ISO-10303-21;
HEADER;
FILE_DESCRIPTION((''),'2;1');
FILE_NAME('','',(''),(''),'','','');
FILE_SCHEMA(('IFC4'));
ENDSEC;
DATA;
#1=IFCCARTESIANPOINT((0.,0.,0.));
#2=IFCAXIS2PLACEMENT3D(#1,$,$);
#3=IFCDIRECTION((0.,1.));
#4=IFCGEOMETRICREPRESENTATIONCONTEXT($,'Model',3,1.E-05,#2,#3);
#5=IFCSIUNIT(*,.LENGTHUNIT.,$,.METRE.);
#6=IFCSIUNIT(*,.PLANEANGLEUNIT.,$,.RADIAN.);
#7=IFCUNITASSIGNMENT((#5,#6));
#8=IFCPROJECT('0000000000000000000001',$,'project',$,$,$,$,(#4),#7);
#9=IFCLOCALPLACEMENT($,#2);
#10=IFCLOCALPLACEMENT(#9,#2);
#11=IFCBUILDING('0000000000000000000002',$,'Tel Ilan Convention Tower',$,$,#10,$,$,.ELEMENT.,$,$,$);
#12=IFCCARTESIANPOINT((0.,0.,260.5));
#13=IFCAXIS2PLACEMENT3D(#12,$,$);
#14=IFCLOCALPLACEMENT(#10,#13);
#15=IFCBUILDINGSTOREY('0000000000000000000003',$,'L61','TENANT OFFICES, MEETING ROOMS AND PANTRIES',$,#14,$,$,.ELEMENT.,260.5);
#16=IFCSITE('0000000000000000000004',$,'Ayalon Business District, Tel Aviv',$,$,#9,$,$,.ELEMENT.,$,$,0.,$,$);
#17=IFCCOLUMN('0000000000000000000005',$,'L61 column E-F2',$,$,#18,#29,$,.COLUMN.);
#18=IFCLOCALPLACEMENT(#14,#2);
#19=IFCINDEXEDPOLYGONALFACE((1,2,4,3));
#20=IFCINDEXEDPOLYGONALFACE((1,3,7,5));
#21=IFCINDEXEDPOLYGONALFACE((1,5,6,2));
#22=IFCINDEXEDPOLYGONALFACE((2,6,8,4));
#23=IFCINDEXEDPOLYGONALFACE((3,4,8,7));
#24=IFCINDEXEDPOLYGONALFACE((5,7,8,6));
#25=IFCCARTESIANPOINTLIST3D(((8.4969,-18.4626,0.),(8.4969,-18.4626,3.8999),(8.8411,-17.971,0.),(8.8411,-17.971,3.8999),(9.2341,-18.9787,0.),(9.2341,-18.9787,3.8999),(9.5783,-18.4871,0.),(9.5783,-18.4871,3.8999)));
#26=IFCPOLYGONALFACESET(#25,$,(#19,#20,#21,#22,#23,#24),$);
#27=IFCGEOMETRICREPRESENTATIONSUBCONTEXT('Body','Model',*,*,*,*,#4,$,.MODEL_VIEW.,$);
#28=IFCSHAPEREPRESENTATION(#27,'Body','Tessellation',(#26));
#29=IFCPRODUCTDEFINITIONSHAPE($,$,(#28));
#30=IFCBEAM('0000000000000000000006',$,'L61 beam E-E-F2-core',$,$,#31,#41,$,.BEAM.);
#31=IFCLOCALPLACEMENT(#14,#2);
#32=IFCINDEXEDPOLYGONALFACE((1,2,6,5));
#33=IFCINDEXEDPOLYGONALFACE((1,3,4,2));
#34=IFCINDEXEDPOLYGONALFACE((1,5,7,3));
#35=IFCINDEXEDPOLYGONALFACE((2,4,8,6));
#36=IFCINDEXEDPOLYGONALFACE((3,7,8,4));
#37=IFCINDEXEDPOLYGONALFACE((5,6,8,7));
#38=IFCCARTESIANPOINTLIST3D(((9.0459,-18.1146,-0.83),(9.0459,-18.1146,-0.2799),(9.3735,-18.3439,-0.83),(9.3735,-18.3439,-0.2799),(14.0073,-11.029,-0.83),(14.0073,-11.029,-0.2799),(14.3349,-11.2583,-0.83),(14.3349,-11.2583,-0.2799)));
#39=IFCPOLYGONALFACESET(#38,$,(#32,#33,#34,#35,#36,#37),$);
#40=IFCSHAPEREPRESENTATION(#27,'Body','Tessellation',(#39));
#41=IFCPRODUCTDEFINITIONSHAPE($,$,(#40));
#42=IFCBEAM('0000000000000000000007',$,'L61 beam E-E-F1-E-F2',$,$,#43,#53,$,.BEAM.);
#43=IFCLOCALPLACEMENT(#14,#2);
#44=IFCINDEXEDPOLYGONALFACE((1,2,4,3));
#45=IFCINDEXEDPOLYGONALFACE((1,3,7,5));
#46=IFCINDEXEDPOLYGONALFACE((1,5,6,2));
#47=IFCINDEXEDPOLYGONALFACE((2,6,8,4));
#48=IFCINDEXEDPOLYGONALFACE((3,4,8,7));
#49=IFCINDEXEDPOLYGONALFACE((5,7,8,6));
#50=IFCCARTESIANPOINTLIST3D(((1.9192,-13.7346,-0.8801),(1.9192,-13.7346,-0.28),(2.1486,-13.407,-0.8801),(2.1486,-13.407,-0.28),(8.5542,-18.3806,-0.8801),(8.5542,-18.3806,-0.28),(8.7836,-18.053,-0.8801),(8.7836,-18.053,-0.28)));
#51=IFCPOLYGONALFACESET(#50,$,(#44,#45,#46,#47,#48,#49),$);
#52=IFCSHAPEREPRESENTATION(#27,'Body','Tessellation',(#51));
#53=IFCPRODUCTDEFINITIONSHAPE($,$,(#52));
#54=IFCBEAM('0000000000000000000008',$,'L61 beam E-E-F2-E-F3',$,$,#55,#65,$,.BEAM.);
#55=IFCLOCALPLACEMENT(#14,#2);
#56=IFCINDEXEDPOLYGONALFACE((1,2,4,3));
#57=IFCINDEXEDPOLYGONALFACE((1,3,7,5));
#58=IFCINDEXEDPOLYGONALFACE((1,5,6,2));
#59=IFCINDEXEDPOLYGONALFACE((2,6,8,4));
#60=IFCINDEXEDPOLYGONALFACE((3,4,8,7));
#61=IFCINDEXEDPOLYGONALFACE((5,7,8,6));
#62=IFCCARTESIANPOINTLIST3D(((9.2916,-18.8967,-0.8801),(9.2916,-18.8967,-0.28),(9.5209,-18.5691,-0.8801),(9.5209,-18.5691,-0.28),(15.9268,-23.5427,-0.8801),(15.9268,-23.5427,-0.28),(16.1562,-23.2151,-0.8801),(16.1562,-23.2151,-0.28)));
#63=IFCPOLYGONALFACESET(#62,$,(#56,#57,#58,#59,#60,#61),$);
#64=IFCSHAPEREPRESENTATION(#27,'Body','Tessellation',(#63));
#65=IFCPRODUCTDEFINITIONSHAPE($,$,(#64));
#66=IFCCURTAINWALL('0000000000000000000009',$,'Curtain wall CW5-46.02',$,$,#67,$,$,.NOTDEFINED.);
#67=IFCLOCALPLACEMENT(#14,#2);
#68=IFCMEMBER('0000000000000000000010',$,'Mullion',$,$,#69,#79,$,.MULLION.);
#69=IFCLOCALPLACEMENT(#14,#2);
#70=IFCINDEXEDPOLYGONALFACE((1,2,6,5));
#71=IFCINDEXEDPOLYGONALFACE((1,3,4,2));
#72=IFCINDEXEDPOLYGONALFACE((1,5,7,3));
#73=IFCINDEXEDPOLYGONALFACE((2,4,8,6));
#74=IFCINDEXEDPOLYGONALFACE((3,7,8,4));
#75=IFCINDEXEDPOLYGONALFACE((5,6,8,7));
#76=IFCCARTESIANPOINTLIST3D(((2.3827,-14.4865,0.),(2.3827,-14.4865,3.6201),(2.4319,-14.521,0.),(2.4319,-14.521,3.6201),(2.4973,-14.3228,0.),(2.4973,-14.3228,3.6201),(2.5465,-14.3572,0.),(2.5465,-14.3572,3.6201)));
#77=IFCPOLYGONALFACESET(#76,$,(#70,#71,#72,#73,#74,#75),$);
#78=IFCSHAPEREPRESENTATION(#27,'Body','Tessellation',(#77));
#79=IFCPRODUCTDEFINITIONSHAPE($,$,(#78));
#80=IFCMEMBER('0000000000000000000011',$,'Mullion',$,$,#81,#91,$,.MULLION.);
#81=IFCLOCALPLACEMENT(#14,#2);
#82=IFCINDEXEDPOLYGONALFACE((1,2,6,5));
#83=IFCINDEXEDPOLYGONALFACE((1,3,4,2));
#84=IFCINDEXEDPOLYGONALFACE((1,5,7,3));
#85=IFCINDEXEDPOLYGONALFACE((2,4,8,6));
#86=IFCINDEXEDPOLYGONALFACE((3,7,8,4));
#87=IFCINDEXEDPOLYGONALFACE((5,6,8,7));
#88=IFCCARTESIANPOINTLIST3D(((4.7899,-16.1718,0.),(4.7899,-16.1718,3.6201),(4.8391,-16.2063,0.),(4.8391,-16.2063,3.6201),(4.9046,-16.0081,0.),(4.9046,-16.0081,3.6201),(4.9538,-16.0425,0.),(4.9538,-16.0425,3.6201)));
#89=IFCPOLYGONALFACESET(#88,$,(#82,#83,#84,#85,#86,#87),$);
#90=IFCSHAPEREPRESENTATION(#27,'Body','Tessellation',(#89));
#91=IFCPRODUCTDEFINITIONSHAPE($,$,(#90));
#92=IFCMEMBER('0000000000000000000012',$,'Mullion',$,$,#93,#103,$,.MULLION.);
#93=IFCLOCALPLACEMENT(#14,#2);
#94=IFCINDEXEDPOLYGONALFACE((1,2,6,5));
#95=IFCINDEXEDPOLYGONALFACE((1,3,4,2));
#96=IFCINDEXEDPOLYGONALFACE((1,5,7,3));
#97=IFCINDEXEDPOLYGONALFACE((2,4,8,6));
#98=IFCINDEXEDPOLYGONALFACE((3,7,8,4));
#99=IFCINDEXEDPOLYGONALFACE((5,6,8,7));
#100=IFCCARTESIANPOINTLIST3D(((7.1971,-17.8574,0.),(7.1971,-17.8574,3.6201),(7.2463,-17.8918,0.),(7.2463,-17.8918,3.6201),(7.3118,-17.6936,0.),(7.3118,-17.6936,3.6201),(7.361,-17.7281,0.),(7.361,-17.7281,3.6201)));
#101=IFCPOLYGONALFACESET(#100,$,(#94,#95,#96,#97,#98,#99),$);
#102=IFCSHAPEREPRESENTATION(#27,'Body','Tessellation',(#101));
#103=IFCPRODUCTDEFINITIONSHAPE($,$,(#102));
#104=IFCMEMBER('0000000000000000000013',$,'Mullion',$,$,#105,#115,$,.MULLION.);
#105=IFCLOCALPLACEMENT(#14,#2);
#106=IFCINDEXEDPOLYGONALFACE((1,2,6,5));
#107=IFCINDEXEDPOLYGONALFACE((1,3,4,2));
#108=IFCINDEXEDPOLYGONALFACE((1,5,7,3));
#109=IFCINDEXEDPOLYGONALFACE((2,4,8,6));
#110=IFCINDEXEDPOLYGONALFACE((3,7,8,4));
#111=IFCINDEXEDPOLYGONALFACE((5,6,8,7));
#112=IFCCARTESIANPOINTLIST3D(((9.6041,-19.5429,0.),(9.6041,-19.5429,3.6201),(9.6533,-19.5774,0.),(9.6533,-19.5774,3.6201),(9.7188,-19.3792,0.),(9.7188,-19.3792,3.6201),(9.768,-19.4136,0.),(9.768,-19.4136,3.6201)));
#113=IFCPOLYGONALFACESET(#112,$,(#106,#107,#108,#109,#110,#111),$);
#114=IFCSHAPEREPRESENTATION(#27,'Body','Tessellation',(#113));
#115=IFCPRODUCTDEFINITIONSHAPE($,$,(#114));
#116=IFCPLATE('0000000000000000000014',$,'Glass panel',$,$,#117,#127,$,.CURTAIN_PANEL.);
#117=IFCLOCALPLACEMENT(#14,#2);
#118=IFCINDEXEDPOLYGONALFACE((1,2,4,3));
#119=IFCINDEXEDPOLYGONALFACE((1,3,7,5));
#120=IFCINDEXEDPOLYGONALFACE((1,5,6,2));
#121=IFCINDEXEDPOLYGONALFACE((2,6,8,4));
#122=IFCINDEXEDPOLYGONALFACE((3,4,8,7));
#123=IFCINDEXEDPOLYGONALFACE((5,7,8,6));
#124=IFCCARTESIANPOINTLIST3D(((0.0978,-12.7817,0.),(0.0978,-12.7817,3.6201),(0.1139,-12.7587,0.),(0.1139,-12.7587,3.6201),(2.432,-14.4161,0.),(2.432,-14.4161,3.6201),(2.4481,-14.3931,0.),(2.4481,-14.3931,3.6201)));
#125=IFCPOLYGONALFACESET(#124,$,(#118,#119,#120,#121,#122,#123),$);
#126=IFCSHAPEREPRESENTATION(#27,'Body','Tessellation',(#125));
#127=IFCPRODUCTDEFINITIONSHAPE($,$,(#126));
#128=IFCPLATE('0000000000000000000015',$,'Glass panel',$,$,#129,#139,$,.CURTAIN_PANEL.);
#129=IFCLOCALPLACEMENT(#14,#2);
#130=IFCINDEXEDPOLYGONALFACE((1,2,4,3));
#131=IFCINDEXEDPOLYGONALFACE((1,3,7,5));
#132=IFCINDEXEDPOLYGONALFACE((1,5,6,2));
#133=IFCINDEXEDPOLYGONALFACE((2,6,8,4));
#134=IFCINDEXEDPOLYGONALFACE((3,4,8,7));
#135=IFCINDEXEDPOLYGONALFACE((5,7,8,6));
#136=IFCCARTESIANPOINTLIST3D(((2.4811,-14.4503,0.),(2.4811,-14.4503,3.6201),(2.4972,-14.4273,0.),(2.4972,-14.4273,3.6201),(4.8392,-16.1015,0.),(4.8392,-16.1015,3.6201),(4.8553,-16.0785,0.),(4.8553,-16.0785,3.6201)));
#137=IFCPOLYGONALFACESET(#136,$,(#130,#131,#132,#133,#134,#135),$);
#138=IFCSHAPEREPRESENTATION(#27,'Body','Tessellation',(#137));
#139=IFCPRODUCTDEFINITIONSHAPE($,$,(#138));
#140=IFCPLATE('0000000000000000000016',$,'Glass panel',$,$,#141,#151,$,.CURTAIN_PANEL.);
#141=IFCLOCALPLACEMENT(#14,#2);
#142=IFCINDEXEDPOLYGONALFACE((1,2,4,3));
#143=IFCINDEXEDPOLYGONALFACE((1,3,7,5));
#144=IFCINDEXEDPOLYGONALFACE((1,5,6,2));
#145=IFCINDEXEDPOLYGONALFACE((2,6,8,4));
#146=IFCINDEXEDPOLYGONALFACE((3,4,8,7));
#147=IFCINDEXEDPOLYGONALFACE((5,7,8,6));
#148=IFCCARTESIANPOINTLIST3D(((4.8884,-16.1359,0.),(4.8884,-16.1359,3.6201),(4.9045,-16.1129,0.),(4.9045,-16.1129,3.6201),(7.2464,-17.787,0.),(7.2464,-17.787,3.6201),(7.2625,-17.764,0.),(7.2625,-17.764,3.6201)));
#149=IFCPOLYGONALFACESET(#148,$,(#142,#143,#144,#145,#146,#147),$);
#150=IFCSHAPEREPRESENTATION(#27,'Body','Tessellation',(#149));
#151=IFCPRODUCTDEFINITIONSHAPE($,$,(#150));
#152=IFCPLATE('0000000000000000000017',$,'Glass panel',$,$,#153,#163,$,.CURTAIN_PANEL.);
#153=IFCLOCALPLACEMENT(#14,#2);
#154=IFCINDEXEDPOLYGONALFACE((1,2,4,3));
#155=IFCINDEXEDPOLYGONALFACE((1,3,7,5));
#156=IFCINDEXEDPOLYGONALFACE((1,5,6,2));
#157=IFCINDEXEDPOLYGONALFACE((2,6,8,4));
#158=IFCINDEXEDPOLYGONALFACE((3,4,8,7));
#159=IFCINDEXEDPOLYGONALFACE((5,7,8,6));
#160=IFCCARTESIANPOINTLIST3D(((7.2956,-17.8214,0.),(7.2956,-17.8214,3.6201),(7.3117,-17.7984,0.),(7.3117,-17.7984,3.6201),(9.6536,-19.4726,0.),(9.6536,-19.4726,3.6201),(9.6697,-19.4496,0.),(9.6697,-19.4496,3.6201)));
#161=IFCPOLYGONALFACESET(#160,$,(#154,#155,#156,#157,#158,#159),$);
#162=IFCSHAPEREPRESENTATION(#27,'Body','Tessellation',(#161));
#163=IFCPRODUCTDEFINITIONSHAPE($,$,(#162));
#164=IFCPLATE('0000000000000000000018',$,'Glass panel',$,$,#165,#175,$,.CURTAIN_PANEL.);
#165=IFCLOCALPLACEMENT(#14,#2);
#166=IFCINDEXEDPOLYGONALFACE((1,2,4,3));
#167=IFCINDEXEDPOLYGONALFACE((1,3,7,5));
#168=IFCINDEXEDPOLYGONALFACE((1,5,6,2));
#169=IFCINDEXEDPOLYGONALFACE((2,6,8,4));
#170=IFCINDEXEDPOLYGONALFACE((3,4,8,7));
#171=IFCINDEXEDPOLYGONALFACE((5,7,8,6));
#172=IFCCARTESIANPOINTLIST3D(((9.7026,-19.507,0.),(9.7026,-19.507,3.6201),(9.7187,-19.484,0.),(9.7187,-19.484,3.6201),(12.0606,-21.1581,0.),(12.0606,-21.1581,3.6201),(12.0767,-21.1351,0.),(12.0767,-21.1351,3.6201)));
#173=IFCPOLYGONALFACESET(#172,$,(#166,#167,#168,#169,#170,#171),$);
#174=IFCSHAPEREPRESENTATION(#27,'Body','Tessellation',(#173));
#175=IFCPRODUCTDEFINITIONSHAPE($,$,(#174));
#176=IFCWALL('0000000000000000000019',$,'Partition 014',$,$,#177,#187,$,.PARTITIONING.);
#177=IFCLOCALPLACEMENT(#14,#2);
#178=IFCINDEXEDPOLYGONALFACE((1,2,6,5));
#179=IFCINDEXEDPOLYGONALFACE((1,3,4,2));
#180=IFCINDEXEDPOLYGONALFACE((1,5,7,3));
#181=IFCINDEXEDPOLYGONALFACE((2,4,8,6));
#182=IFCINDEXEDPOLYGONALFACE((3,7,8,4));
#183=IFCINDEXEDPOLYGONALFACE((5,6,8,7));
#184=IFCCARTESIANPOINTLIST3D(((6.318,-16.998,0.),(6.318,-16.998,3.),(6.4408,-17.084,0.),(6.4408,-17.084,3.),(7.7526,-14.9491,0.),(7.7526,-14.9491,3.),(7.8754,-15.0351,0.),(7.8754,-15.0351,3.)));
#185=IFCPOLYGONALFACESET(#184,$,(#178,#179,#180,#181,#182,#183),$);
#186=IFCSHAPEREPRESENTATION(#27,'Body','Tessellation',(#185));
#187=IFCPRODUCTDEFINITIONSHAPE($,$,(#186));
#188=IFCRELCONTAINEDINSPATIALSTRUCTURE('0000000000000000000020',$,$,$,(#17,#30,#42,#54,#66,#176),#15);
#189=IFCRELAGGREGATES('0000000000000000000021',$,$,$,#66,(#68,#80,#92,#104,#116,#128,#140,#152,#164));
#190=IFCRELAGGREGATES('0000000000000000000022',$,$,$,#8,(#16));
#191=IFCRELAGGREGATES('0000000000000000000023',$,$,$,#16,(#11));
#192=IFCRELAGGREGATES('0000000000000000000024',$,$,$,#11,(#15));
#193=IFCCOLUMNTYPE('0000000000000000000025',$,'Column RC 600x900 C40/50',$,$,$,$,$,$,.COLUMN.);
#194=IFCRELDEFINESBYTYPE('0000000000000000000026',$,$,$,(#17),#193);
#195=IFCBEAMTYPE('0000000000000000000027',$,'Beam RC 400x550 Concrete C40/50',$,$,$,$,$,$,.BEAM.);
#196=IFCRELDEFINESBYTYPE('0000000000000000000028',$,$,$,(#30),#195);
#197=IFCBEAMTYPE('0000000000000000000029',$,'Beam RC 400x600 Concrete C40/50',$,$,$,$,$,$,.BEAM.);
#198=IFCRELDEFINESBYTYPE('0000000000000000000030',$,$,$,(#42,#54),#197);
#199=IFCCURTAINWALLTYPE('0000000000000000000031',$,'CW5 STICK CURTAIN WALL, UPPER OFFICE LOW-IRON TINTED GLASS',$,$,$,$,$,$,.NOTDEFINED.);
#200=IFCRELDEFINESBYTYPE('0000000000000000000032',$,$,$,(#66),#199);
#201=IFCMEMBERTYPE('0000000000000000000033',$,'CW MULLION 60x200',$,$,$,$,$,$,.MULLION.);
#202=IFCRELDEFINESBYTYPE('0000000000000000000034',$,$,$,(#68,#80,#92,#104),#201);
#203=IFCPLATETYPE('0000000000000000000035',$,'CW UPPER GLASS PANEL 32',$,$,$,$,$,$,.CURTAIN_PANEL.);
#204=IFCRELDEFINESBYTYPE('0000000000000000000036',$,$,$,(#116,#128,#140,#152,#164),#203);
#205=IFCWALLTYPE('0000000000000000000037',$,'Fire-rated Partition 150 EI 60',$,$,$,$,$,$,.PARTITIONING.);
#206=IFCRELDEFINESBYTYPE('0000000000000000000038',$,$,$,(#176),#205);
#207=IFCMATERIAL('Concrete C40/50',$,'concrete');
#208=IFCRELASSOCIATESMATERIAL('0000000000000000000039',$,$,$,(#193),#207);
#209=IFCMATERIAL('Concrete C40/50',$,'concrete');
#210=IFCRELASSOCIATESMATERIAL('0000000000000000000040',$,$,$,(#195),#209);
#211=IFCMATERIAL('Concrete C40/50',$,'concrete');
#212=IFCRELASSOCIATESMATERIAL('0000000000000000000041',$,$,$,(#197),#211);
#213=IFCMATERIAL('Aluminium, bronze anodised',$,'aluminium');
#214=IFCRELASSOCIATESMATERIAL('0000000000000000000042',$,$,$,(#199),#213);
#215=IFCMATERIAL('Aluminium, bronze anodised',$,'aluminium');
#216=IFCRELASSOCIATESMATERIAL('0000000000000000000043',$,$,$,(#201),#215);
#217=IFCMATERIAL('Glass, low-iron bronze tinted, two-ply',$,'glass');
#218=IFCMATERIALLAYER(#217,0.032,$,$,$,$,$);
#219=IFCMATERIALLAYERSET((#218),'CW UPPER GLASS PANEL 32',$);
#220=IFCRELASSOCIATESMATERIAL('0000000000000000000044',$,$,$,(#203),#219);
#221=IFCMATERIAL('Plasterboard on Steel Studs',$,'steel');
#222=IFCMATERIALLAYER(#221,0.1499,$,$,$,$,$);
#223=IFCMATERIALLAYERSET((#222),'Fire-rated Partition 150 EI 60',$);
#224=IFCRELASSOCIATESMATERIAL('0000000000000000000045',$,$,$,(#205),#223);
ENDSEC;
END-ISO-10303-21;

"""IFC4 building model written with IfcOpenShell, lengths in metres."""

from ifc_helpers import new_model, si_unit, direction, frame, frame_2d, origin, origin_2d, place, context, subcontext, project, spatial, rectangle, extrude, material, layer, layer_set, material_profile, profile_set, type_object, element, aggregate, save


model = new_model("IFC4")

# Units and contexts
model_context = context("Model", 3, precision=1e-05, world=origin(), true_north=direction((0.0, 1.0)))
body_context = subcontext(model_context, "Body", "Model", "MODEL_VIEW")
ifc_project = project(units=[si_unit("LENGTHUNIT", "METRE"), si_unit("PLANEANGLEUNIT", "RADIAN")], contexts=[model_context])

# Site, building, storey
site_placement = place(None, origin())
site = spatial("IfcSite", under=ifc_project, at=site_placement, Name="Ayalon Business District, Tel Aviv", CompositionType="ELEMENT", RefElevation=0.0)
building_placement = place(site_placement, origin())
building = spatial("IfcBuilding", under=site, at=building_placement, Name="Tel Ilan Convention Tower", CompositionType="ELEMENT")
storey_placement = place(building_placement, frame((0.0, 0.0, 260.5)))
storey = spatial("IfcBuildingStorey", under=building, at=storey_placement, Name="L61", Description="TENANT OFFICES, MEETING ROOMS AND PANTRIES", CompositionType="ELEMENT", Elevation=260.5)

# Column
ifc_material_1 = material(Name="Concrete C40/50", Category="concrete")
ifc_material_profile_1 = material_profile(ifc_material_1, rectangle(XDim=0.8999, YDim=0.6001, at=origin_2d()), Name="RC 600x900")
ifc_profile_set_1 = profile_set([ifc_material_profile_1], Name="Concrete C40/50")
column_type = type_object("IfcColumnType", Name="Column RC 600x900 C40/50", PredefinedType="COLUMN", material=ifc_profile_set_1)
column_placement = place(storey_placement, frame((9.0376, -18.4749, 0.0), z_axis=(0.0, 0.0, 1.0), x_axis=(0.819152, -0.573576, 0.0)))
element("IfcColumn", 1, at=column_placement, inside=storey, type_object=column_type, Name="L61 column E-F2", PredefinedType="COLUMN", context=body_context, shape_type="SweptSolid", body=[
    extrude(rectangle(XDim=0.8999, YDim=0.6001, at=origin_2d()), origin(), (0.0, 0.0, 1.0), 3.8999),
])

# Beams
ifc_material_2 = material(Name="Concrete C40/50", Category="concrete")
ifc_material_profile_2 = material_profile(ifc_material_2, rectangle(XDim=0.3999, YDim=0.55, at=origin_2d()), Name="RC 400x550")
ifc_profile_set_2 = profile_set([ifc_material_profile_2], Name="Concrete C40/50")
beam_type_1 = type_object("IfcBeamType", Name="Beam RC 400x550 Concrete C40/50", PredefinedType="BEAM", material=ifc_profile_set_2)
beam_1_placement = place(storey_placement, frame((9.2097, -18.2292, -0.5549), z_axis=(0.573574, 0.819154, 0.0), x_axis=(-0.819154, 0.573574, 0.0)))
element("IfcBeam", 2, at=beam_1_placement, inside=storey, type_object=beam_type_1, Name="L61 beam E-E-F2-core", PredefinedType="BEAM", context=body_context, shape_type="SweptSolid", body=[
    extrude(rectangle(XDim=0.3999, YDim=0.55, at=origin_2d()), origin(), (0.0, 0.0, 1.0), 8.6499),
])
ifc_material_3 = material(Name="Concrete C40/50", Category="concrete")
ifc_material_profile_3 = material_profile(ifc_material_3, rectangle(XDim=0.3999, YDim=0.6001, at=origin_2d()), Name="RC 400x600")
ifc_profile_set_3 = profile_set([ifc_material_profile_3], Name="Concrete C40/50")
beam_type_2 = type_object("IfcBeamType", Name="Beam RC 400x600 Concrete C40/50", PredefinedType="BEAM", material=ifc_profile_set_3)
beam_2_placement = place(storey_placement, frame((2.0339, -13.5708, -0.5801), z_axis=(0.819146, -0.573586, 0.0), x_axis=(0.573586, 0.819146, 0.0)))
element("IfcBeam", 3, at=beam_2_placement, inside=storey, type_object=beam_type_2, Name="L61 beam E-E-F1-E-F2", PredefinedType="BEAM", context=body_context, shape_type="SweptSolid", body=[
    extrude(rectangle(XDim=0.3999, YDim=0.6001, at=origin_2d()), origin(), (0.0, 0.0, 1.0), 8.0999),
])
beam_3_placement = place(storey_placement, frame((9.4062, -18.7329, -0.5801), z_axis=(0.819155, -0.573572, 0.0), x_axis=(0.573572, 0.819155, 0.0)))
element("IfcBeam", 4, at=beam_3_placement, inside=storey, type_object=beam_type_2, Name="L61 beam E-E-F2-E-F3", PredefinedType="BEAM", context=body_context, shape_type="SweptSolid", body=[
    extrude(rectangle(XDim=0.3999, YDim=0.6001, at=origin_2d()), origin(), (0.0, 0.0, 1.0), 8.1001),
])

# Curtain wall, members, plates
ifc_material_4 = material(Name="Aluminium, bronze anodised", Category="aluminium")
curtain_wall_type = type_object("IfcCurtainWallType", Name="CW5 STICK CURTAIN WALL, UPPER OFFICE LOW-IRON TINTED GLASS", PredefinedType="NOTDEFINED", material=ifc_material_4)
curtain_wall_placement = place(storey_placement, origin())
curtain_wall = element("IfcCurtainWall", 5, at=curtain_wall_placement, inside=storey, type_object=curtain_wall_type, Name="Curtain wall CW5-46.02", PredefinedType="NOTDEFINED")
ifc_material_5 = material(Name="Aluminium, bronze anodised", Category="aluminium")
ifc_material_profile_4 = material_profile(ifc_material_5, rectangle(XDim=0.0601, YDim=0.2, at=origin_2d()), Name="CW MULLION 60x200")
ifc_profile_set_4 = profile_set([ifc_material_profile_4], Name="Aluminium, bronze anodised")
member_type = type_object("IfcMemberType", Name="CW MULLION 60x200", PredefinedType="MULLION", material=ifc_profile_set_4)
member_1_placement = place(storey_placement, frame((2.4646, -14.4219, 0.0), z_axis=(0.0, 0.0, 1.0), x_axis=(0.819152, -0.573576, 0.0)))
member_1 = element("IfcMember", 6, at=member_1_placement, type_object=member_type, Name="Mullion", PredefinedType="MULLION", context=body_context, shape_type="SweptSolid", body=[
    extrude(rectangle(XDim=0.0601, YDim=0.2, at=origin_2d()), origin(), (0.0, 0.0, 1.0), 3.6201),
])
member_2_placement = place(storey_placement, frame((4.8718, -16.1072, 0.0), z_axis=(0.0, 0.0, 1.0), x_axis=(0.819152, -0.573576, 0.0)))
member_2 = element("IfcMember", 7, at=member_2_placement, type_object=member_type, Name="Mullion", PredefinedType="MULLION", context=body_context, shape_type="SweptSolid", body=[
    extrude(rectangle(XDim=0.0601, YDim=0.2, at=origin_2d()), origin(), (0.0, 0.0, 1.0), 3.6201),
])
member_3_placement = place(storey_placement, frame((7.2791, -17.7927, 0.0), z_axis=(0.0, 0.0, 1.0), x_axis=(0.819152, -0.573576, 0.0)))
member_3 = element("IfcMember", 8, at=member_3_placement, type_object=member_type, Name="Mullion", PredefinedType="MULLION", context=body_context, shape_type="SweptSolid", body=[
    extrude(rectangle(XDim=0.0601, YDim=0.2, at=origin_2d()), origin(), (0.0, 0.0, 1.0), 3.6201),
])
member_4_placement = place(storey_placement, frame((9.686, -19.4783, 0.0), z_axis=(0.0, 0.0, 1.0), x_axis=(0.819152, -0.573576, 0.0)))
member_4 = element("IfcMember", 9, at=member_4_placement, type_object=member_type, Name="Mullion", PredefinedType="MULLION", context=body_context, shape_type="SweptSolid", body=[
    extrude(rectangle(XDim=0.0601, YDim=0.2, at=origin_2d()), origin(), (0.0, 0.0, 1.0), 3.6201),
])
ifc_material_6 = material(Name="Glass, low-iron bronze tinted, two-ply", Category="glass")
ifc_layer_1 = layer(ifc_material_6, 0.032)
ifc_layer_set_1 = layer_set([ifc_layer_1], Name="CW UPPER GLASS PANEL 32")
plate_type = type_object("IfcPlateType", Name="CW UPPER GLASS PANEL 32", PredefinedType="CURTAIN_PANEL", material=ifc_layer_set_1)
plate_1_placement = place(storey_placement, frame((1.2729, -13.5874, 0.0), z_axis=(0.0, 0.0, 1.0), x_axis=(0.819152, -0.573576, 0.0)))
plate_1 = element("IfcPlate", 10, at=plate_1_placement, type_object=plate_type, Name="Glass panel", PredefinedType="CURTAIN_PANEL", context=body_context, shape_type="SweptSolid", body=[
    extrude(rectangle(XDim=2.8496, YDim=0.0281, at=origin_2d()), origin(), (0.0, 0.0, 1.0), 3.6201),
])
plate_2_placement = place(storey_placement, frame((3.6682, -15.2644, 0.0), z_axis=(0.0, 0.0, 1.0), x_axis=(0.819152, -0.573576, 0.0)))
plate_2 = element("IfcPlate", 11, at=plate_2_placement, type_object=plate_type, Name="Glass panel", PredefinedType="CURTAIN_PANEL", context=body_context, shape_type="SweptSolid", body=[
    extrude(rectangle(XDim=2.8787, YDim=0.0281, at=origin_2d()), origin(), (0.0, 0.0, 1.0), 3.6201),
])
plate_3_placement = place(storey_placement, frame((6.0754, -16.95, 0.0), z_axis=(0.0, 0.0, 1.0), x_axis=(0.819152, -0.573576, 0.0)))
plate_3 = element("IfcPlate", 12, at=plate_3_placement, type_object=plate_type, Name="Glass panel", PredefinedType="CURTAIN_PANEL", context=body_context, shape_type="SweptSolid", body=[
    extrude(rectangle(XDim=2.8787, YDim=0.0281, at=origin_2d()), origin(), (0.0, 0.0, 1.0), 3.6201),
])
plate_4_placement = place(storey_placement, frame((8.4827, -18.6355, 0.0), z_axis=(0.0, 0.0, 1.0), x_axis=(0.819152, -0.573576, 0.0)))
plate_4 = element("IfcPlate", 13, at=plate_4_placement, type_object=plate_type, Name="Glass panel", PredefinedType="CURTAIN_PANEL", context=body_context, shape_type="SweptSolid", body=[
    extrude(rectangle(XDim=2.8787, YDim=0.0281, at=origin_2d()), origin(), (0.0, 0.0, 1.0), 3.6201),
])
plate_5_placement = place(storey_placement, frame((10.8896, -20.321, 0.0), z_axis=(0.0, 0.0, 1.0), x_axis=(0.819152, -0.573576, 0.0)))
plate_5 = element("IfcPlate", 14, at=plate_5_placement, type_object=plate_type, Name="Glass panel", PredefinedType="CURTAIN_PANEL", context=body_context, shape_type="SweptSolid", body=[
    extrude(rectangle(XDim=2.8787, YDim=0.0281, at=origin_2d()), origin(), (0.0, 0.0, 1.0), 3.6201),
])
aggregate(curtain_wall, [member_1, member_2, member_3, member_4, plate_1, plate_2, plate_3, plate_4, plate_5])

# Wall
ifc_material_7 = material(Name="Plasterboard on Steel Studs", Category="steel")
ifc_layer_2 = layer(ifc_material_7, 0.1499)
ifc_layer_set_2 = layer_set([ifc_layer_2], Name="Fire-rated Partition 150 EI 60")
wall_type_1 = type_object("IfcWallType", Name="Fire-rated Partition 150 EI 60", PredefinedType="PARTITIONING", material=ifc_layer_set_2)
wall_1_placement = place(storey_placement, frame((7.814, -14.9922, 0.0), z_axis=(0.0, 0.0, 1.0), x_axis=(-0.573567, -0.819159, 0.0)))
element("IfcWall", 15, at=wall_1_placement, inside=storey, type_object=wall_type_1, Name="Partition 014", PredefinedType="PARTITIONING", context=body_context, shape_type="SweptSolid", body=[
    extrude(rectangle(XDim=2.5012, YDim=0.1499, at=frame_2d((1.2505, 0.0))), origin(), (0.0, 0.0, 1.0), 3.0),
])

save(model, "model.ifc")
